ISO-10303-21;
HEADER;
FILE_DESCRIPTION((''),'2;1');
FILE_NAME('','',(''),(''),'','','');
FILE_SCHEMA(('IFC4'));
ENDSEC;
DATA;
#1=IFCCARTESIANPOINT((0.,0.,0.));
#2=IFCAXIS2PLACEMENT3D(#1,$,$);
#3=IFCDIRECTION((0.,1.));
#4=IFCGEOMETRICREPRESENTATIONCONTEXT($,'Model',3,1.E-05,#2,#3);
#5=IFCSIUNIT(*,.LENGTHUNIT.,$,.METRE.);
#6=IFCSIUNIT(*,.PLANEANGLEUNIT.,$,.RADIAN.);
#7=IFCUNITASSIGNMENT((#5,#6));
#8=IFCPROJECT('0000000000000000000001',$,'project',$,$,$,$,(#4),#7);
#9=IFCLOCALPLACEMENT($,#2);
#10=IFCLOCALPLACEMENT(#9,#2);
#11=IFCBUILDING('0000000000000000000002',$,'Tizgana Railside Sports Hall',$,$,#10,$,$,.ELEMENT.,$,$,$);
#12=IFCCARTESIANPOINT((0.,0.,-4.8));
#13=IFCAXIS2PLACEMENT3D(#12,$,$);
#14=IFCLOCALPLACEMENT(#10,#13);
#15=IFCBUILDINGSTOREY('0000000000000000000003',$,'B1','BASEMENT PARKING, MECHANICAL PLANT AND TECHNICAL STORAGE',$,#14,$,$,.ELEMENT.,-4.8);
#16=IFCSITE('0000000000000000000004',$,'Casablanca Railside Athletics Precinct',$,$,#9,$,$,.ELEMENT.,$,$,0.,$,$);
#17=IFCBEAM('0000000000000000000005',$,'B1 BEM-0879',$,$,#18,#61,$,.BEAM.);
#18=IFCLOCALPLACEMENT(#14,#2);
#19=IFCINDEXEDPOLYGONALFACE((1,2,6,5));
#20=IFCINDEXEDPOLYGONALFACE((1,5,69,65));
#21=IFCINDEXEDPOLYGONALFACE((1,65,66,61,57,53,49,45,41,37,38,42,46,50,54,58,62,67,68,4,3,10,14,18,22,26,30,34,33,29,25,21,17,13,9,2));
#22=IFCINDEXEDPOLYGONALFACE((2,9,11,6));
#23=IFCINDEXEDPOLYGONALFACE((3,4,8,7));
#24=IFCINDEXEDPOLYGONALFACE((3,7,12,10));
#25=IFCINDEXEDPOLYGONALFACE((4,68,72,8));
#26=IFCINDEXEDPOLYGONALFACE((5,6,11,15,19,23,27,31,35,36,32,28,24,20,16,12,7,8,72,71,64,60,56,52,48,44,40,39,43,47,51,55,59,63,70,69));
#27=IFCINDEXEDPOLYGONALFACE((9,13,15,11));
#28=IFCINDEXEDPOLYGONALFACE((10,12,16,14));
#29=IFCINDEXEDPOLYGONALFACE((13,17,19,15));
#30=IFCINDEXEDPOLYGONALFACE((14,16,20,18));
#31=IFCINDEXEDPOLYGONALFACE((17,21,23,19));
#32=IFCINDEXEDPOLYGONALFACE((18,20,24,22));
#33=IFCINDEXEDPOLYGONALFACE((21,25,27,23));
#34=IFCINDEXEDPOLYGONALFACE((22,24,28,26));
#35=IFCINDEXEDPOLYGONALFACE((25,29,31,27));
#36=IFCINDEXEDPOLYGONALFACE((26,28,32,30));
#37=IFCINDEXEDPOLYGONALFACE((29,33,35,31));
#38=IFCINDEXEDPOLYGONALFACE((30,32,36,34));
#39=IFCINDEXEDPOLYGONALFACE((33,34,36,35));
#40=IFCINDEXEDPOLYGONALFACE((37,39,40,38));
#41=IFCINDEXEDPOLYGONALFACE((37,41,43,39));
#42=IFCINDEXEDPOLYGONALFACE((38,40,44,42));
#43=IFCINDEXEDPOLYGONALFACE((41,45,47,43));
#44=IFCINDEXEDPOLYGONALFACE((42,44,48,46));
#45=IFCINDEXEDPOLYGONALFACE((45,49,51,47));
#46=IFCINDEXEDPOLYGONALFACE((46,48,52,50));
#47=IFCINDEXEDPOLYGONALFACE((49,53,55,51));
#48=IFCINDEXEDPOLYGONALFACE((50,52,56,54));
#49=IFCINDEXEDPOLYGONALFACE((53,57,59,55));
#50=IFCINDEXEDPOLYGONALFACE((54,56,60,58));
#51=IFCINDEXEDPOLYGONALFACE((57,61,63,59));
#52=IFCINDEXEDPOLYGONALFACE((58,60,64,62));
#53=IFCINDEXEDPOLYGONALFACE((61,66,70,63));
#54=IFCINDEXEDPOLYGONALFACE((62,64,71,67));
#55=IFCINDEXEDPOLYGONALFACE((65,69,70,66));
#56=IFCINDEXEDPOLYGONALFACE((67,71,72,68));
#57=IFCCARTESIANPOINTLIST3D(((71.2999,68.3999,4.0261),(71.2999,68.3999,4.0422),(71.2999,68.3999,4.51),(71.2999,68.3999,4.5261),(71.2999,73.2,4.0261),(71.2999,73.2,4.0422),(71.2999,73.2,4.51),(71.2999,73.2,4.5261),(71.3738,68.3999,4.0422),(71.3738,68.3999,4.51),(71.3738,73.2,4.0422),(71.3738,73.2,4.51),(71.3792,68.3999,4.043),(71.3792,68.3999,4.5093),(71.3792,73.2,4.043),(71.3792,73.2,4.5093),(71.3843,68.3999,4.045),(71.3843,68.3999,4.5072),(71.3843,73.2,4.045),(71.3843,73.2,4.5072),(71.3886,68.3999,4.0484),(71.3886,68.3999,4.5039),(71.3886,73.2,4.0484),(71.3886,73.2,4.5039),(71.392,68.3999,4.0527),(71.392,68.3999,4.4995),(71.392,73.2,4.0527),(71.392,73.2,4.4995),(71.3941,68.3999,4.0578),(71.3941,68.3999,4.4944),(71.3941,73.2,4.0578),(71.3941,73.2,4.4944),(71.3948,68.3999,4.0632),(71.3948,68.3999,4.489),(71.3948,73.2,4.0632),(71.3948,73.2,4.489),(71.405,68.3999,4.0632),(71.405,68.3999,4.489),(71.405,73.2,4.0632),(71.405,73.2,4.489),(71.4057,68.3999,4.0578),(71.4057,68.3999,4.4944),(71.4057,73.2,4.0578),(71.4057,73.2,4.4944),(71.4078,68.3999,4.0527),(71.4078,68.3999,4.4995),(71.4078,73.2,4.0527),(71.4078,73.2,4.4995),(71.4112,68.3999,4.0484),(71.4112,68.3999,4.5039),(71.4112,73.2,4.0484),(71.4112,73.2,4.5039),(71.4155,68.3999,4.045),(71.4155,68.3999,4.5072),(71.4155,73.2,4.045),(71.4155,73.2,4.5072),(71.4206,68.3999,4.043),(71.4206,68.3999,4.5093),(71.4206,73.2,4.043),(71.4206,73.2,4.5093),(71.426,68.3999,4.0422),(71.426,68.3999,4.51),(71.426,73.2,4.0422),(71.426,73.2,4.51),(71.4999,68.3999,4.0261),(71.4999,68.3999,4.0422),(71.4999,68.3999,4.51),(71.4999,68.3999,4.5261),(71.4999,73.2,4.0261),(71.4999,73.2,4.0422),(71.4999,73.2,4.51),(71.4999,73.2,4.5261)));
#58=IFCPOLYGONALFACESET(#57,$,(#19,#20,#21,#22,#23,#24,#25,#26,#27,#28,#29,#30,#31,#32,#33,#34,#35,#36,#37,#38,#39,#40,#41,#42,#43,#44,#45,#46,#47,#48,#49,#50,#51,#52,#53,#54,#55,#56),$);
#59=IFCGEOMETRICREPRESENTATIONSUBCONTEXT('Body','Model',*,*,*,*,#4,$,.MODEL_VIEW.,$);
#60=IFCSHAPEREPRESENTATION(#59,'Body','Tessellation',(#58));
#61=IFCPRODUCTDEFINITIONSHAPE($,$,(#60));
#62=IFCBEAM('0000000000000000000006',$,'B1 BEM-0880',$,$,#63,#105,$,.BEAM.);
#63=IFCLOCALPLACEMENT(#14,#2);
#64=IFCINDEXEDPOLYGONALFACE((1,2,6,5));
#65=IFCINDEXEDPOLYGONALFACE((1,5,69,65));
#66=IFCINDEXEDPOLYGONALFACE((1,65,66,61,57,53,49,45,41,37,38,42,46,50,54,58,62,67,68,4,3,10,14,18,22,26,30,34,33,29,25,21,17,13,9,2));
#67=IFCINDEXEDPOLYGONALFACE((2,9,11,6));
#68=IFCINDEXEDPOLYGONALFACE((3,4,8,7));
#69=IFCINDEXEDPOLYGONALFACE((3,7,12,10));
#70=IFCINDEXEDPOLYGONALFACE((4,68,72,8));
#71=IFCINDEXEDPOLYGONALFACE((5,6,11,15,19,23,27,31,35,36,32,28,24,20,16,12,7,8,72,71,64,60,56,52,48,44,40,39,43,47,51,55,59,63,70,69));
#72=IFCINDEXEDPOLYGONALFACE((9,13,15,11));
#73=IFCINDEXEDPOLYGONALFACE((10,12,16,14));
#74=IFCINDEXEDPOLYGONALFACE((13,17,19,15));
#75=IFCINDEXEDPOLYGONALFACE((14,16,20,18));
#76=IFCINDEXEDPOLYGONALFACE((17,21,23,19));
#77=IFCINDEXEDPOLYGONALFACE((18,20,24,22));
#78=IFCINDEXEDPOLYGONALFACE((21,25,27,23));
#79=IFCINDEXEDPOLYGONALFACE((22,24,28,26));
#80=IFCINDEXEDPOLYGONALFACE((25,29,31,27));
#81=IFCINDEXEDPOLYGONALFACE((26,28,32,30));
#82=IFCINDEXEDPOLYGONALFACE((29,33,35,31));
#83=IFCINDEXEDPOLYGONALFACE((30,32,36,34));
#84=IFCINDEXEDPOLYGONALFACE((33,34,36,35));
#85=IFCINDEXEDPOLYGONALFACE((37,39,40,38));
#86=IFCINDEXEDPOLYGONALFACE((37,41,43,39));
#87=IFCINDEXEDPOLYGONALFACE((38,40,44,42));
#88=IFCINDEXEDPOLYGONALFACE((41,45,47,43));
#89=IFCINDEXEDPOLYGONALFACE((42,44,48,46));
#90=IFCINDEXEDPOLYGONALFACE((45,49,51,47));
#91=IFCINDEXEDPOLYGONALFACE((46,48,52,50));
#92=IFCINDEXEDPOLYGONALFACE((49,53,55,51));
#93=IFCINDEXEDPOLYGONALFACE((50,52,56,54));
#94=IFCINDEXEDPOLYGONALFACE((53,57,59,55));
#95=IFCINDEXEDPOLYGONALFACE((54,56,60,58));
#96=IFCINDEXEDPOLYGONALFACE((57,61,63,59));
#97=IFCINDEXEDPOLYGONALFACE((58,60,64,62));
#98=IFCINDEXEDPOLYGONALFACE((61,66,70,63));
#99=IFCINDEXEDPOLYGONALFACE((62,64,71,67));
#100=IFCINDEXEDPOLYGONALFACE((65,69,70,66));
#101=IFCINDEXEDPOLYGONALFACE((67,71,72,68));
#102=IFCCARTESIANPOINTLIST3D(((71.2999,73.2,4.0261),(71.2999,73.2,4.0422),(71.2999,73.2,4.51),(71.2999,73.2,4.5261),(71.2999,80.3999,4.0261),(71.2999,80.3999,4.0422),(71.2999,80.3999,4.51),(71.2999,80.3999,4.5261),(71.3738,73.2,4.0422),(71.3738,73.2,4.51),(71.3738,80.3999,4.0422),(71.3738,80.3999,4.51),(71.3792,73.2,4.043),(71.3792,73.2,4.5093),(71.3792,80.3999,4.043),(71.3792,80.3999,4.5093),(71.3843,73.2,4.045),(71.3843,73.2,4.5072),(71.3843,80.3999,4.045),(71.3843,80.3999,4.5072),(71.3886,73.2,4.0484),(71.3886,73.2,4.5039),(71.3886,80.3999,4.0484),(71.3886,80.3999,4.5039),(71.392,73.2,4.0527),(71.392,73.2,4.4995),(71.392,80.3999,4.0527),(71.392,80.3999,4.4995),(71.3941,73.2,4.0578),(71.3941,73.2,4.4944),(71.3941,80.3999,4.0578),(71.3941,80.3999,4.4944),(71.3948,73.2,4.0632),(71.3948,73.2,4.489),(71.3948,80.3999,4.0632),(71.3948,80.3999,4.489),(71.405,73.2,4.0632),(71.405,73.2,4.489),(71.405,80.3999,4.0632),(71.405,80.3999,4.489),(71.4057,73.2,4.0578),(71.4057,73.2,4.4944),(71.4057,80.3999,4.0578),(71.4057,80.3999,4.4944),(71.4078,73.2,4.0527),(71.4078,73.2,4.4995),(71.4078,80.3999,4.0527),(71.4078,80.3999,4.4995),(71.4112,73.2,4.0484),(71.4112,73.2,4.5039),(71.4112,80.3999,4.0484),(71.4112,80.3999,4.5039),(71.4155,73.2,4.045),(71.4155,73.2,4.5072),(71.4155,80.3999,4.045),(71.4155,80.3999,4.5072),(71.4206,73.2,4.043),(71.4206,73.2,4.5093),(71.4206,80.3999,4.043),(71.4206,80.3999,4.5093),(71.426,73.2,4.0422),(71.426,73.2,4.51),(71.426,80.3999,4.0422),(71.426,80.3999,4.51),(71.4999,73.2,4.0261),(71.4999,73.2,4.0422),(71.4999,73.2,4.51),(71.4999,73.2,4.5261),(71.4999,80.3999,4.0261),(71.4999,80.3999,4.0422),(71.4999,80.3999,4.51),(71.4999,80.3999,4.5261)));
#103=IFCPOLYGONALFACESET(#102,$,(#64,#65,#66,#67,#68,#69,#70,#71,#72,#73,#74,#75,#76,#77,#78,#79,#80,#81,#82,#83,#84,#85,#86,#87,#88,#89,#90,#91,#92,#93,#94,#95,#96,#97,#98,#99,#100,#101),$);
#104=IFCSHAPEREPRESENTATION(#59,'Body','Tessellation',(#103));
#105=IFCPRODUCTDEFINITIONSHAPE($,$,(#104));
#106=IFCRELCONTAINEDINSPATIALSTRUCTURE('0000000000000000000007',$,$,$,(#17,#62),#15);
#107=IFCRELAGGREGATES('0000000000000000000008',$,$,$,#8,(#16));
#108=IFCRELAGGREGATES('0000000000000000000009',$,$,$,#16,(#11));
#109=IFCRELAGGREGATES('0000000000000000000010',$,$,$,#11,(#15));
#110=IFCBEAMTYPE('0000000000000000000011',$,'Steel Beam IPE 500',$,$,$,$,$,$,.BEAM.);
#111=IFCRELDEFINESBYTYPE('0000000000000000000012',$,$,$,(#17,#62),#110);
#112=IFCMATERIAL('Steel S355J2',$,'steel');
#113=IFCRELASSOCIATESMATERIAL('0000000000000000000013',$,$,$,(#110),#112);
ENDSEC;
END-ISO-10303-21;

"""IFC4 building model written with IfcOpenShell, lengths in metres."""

from ifc_helpers import new_model, si_unit, direction, frame, origin, origin_2d, place, context, subcontext, project, spatial, i_section, extrude, material, material_profile, profile_set, type_object, element, save


model = new_model("IFC4")

# Units and contexts
model_context = context("Model", 3, precision=1e-05, world=origin(), true_north=direction((0.0, 1.0)))
body_context = subcontext(model_context, "Body", "Model", "MODEL_VIEW")
ifc_project = project(units=[si_unit("LENGTHUNIT", "METRE"), si_unit("PLANEANGLEUNIT", "RADIAN")], contexts=[model_context])

# Site, building, storey
site_placement = place(None, origin())
site = spatial("IfcSite", under=ifc_project, at=site_placement, Name="Casablanca Railside Athletics Precinct", CompositionType="ELEMENT", RefElevation=0.0)
building_placement = place(site_placement, origin())
building = spatial("IfcBuilding", under=site, at=building_placement, Name="Tizgana Railside Sports Hall", CompositionType="ELEMENT")
storey_placement = place(building_placement, frame((0.0, 0.0, -4.8)))
storey = spatial("IfcBuildingStorey", under=building, at=storey_placement, Name="B1", Description="BASEMENT PARKING, MECHANICAL PLANT AND TECHNICAL STORAGE", CompositionType="ELEMENT", Elevation=-4.8)

# Beams
ifc_material_1 = material(Name="Steel S355J2", Category="steel")
ifc_material_profile_1 = material_profile(ifc_material_1, i_section(OverallWidth=0.2, OverallDepth=0.5, WebThickness=0.0103, FlangeThickness=0.0161, FilletRadius=0.021, at=origin_2d()), Name="IPE 500")
ifc_profile_set_1 = profile_set([ifc_material_profile_1], Name="Steel S355J2")
beam_type_1 = type_object("IfcBeamType", Name="Steel Beam IPE 500", PredefinedType="BEAM", material=ifc_profile_set_1)
beam_1_placement = place(storey_placement, frame((71.3999, 68.3999, 4.2761), z_axis=(0.0, 1.0, 0.0), x_axis=(-1.0, 0.0, 0.0)))
element("IfcBeam", 1, at=beam_1_placement, inside=storey, type_object=beam_type_1, Name="B1 BEM-0879", PredefinedType="BEAM", context=body_context, shape_type="SweptSolid", body=[
    extrude(i_section(OverallWidth=0.2, OverallDepth=0.5, WebThickness=0.0103, FlangeThickness=0.0161, FilletRadius=0.021, at=origin_2d()), origin(), (0.0, 0.0, 1.0), 4.8),
])
beam_2_placement = place(storey_placement, frame((71.3999, 73.2, 4.2761), z_axis=(0.0, 1.0, 0.0), x_axis=(-1.0, 0.0, 0.0)))
element("IfcBeam", 2, at=beam_2_placement, inside=storey, type_object=beam_type_1, Name="B1 BEM-0880", PredefinedType="BEAM", context=body_context, shape_type="SweptSolid", body=[
    extrude(i_section(OverallWidth=0.2, OverallDepth=0.5, WebThickness=0.0103, FlangeThickness=0.0161, FilletRadius=0.021, at=origin_2d()), origin(), (0.0, 0.0, 1.0), 7.2),
])

save(model, "model.ifc")
